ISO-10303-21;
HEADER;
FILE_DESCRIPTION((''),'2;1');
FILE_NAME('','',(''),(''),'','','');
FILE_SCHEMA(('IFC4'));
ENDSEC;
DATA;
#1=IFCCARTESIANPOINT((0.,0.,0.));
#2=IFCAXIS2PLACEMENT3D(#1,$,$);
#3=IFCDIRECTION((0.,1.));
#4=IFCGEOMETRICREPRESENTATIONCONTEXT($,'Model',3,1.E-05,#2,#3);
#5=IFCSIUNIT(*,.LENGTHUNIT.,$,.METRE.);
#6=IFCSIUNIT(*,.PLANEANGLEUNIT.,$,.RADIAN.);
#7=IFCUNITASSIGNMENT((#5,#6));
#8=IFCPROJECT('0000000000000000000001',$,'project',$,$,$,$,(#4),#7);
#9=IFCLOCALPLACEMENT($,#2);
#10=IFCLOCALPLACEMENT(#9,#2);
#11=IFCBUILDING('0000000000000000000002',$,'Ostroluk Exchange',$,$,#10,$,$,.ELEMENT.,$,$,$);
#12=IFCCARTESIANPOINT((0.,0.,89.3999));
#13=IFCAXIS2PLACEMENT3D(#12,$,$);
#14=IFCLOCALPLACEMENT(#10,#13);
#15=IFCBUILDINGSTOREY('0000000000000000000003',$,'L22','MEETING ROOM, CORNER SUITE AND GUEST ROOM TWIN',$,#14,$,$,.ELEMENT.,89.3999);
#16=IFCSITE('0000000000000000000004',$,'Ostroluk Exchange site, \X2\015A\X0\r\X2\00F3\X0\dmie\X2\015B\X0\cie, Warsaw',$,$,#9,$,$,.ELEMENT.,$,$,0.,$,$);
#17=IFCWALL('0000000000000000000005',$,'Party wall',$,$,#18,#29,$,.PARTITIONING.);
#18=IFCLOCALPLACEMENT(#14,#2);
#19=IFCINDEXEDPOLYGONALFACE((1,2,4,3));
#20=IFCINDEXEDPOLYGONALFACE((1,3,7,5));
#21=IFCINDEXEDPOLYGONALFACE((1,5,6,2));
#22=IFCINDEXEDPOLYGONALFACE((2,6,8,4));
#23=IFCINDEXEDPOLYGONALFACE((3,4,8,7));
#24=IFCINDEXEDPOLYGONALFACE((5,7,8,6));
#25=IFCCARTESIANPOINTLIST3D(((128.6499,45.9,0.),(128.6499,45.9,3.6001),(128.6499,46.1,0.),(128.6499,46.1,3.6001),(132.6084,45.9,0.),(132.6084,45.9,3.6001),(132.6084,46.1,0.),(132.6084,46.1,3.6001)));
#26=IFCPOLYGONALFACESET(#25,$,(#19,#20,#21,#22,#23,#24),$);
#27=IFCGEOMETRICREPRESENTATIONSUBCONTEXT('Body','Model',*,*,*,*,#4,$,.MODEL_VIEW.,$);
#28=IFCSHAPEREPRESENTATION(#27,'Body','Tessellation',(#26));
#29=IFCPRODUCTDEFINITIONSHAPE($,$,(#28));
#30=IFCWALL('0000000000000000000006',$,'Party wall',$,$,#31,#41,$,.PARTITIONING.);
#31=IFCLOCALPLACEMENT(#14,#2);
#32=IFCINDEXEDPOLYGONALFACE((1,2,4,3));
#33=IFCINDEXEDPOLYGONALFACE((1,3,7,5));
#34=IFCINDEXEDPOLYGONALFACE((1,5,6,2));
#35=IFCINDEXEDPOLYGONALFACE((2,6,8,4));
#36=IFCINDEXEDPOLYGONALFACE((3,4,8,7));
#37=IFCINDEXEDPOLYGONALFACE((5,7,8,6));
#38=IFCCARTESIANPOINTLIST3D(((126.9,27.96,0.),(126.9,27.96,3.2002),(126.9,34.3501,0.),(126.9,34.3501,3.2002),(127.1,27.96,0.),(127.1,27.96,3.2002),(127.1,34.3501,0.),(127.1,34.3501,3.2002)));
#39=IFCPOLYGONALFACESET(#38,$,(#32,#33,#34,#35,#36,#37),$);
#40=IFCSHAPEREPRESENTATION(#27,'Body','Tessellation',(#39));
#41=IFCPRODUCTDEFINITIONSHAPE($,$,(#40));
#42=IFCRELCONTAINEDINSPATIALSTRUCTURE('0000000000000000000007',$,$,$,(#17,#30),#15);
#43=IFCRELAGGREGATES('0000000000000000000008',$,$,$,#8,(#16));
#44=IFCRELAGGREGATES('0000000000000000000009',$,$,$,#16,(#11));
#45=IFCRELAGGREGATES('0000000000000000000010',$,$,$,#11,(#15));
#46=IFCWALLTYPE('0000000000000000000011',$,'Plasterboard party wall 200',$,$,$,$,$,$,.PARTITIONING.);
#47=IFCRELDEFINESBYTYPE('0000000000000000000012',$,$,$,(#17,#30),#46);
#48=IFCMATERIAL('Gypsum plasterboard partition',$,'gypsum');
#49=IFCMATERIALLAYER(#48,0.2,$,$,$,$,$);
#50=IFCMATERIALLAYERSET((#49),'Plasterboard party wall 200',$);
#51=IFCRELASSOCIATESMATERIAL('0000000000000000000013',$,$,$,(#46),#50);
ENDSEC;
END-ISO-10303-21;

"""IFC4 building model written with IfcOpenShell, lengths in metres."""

from ifc_helpers import new_model, si_unit, direction, frame, frame_2d, origin, place, context, subcontext, project, spatial, rectangle, extrude, material, layer, layer_set, type_object, element, save


model = new_model("IFC4")

# Units and contexts
model_context = context("Model", 3, precision=1e-05, world=origin(), true_north=direction((0.0, 1.0)))
body_context = subcontext(model_context, "Body", "Model", "MODEL_VIEW")
ifc_project = project(units=[si_unit("LENGTHUNIT", "METRE"), si_unit("PLANEANGLEUNIT", "RADIAN")], contexts=[model_context])

# Site, building, storey
site_placement = place(None, origin())
site = spatial("IfcSite", under=ifc_project, at=site_placement, Name="Ostroluk Exchange site, Śródmieście, Warsaw", CompositionType="ELEMENT", RefElevation=0.0)
building_placement = place(site_placement, origin())
building = spatial("IfcBuilding", under=site, at=building_placement, Name="Ostroluk Exchange", CompositionType="ELEMENT")
storey_placement = place(building_placement, frame((0.0, 0.0, 89.3999)))
storey = spatial("IfcBuildingStorey", under=building, at=storey_placement, Name="L22", Description="MEETING ROOM, CORNER SUITE AND GUEST ROOM TWIN", CompositionType="ELEMENT", Elevation=89.3999)

# Walls
ifc_material_1 = material(Name="Gypsum plasterboard partition", Category="gypsum")
ifc_layer_1 = layer(ifc_material_1, 0.2)
ifc_layer_set_1 = layer_set([ifc_layer_1], Name="Plasterboard party wall 200")
wall_type_1 = type_object("IfcWallType", Name="Plasterboard party wall 200", PredefinedType="PARTITIONING", material=ifc_layer_set_1)
wall_1_placement = place(storey_placement, frame((128.6499, 46.0, 0.0), z_axis=(0.0, 0.0, 1.0), x_axis=(1.0, 0.0, 0.0)))
element("IfcWall", 1, at=wall_1_placement, inside=storey, type_object=wall_type_1, Name="Party wall", PredefinedType="PARTITIONING", context=body_context, shape_type="SweptSolid", body=[
    extrude(rectangle(XDim=3.9585, YDim=0.2, at=frame_2d((1.9792, 0.0))), origin(), (0.0, 0.0, 1.0), 3.6001),
])
wall_2_placement = place(storey_placement, frame((127.0, 34.3501, 0.0), z_axis=(0.0, 0.0, 1.0), x_axis=(0.0, -1.0, 0.0)))
element("IfcWall", 2, at=wall_2_placement, inside=storey, type_object=wall_type_1, Name="Party wall", PredefinedType="PARTITIONING", context=body_context, shape_type="SweptSolid", body=[
    extrude(rectangle(XDim=6.3901, YDim=0.2, at=frame_2d((3.1951, 0.0))), origin(), (0.0, 0.0, 1.0), 3.2002),
])

save(model, "model.ifc")
